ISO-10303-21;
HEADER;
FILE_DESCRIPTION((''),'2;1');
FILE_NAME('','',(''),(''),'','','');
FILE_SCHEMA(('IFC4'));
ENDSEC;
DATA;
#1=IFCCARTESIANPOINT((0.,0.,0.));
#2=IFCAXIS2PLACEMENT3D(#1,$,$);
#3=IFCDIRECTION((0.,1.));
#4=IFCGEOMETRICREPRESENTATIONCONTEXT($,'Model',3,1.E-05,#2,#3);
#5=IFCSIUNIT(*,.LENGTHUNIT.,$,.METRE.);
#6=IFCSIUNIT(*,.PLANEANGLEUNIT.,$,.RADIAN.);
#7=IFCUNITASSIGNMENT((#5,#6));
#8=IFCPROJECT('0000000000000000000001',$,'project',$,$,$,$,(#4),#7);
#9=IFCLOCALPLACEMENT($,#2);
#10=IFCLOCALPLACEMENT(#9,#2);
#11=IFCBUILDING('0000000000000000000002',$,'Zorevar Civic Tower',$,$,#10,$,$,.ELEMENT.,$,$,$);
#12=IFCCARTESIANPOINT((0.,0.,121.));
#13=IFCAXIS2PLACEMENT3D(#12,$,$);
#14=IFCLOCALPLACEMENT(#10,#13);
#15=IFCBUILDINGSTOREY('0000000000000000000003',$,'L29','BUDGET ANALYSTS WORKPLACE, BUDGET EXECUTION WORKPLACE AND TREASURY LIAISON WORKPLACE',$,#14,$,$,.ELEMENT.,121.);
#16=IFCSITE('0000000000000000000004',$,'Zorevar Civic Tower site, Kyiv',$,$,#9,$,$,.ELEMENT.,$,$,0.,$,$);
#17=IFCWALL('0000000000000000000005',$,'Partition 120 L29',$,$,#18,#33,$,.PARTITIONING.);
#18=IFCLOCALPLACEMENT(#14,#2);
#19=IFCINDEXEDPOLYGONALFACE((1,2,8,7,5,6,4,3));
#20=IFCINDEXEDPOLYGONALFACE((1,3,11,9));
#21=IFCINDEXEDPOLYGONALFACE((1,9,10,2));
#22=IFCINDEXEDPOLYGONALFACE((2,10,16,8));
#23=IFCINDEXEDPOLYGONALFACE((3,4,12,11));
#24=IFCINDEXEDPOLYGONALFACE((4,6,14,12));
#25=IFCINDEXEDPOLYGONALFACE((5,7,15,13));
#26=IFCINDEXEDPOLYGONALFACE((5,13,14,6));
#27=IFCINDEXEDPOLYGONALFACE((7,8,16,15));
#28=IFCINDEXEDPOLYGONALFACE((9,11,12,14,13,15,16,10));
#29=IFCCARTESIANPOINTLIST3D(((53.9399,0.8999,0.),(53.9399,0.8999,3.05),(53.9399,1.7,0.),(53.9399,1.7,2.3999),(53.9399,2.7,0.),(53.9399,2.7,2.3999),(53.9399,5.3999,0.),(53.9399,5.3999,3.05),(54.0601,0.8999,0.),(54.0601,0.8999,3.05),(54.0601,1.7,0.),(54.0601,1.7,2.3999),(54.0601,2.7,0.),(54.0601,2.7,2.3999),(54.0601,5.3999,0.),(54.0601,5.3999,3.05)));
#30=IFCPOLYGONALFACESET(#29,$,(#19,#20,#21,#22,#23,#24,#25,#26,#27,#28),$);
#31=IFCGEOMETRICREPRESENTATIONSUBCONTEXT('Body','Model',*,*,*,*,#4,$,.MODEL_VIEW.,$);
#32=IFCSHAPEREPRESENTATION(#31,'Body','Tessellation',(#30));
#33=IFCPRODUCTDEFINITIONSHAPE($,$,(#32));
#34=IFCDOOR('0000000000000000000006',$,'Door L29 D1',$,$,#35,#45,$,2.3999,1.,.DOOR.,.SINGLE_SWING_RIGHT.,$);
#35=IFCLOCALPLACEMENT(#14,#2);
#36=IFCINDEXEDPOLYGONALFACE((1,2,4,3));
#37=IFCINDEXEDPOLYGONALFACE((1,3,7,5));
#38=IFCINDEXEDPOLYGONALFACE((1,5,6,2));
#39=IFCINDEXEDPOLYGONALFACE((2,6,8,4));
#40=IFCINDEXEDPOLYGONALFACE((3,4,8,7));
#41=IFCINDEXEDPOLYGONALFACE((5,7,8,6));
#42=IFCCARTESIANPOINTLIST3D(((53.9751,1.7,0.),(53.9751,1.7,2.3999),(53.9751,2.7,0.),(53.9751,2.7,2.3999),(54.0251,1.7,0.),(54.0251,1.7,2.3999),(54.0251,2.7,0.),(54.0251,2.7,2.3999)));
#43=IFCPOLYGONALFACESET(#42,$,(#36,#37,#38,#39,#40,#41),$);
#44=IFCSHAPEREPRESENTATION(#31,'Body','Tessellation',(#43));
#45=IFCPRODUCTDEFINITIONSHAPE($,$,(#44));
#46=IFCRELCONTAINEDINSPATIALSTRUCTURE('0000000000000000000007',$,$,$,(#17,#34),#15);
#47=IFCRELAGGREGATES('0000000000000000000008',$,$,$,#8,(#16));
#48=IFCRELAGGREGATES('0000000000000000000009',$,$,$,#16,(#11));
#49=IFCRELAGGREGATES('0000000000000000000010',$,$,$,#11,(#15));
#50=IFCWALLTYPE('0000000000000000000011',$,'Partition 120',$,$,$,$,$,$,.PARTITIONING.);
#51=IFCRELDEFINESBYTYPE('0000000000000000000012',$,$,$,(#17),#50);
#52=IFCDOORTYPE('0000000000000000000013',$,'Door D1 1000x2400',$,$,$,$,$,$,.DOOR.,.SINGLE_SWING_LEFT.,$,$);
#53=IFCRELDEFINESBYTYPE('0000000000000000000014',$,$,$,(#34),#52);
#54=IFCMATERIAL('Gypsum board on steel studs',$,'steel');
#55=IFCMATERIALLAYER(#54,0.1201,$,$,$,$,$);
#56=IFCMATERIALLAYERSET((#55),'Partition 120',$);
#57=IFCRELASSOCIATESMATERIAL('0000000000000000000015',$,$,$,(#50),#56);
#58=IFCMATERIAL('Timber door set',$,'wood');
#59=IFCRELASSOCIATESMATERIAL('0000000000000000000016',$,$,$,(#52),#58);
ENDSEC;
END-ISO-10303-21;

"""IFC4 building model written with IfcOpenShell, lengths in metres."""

from ifc_helpers import new_model, si_unit, direction, frame, frame_2d, origin, place, context, subcontext, project, spatial, rectangle, extrude, material, layer, layer_set, type_object, element, fill, save


model = new_model("IFC4")

# Units and contexts
model_context = context("Model", 3, precision=1e-05, world=origin(), true_north=direction((0.0, 1.0)))
body_context = subcontext(model_context, "Body", "Model", "MODEL_VIEW")
ifc_project = project(units=[si_unit("LENGTHUNIT", "METRE"), si_unit("PLANEANGLEUNIT", "RADIAN")], contexts=[model_context])

# Site, building, storey
site_placement = place(None, origin())
site = spatial("IfcSite", under=ifc_project, at=site_placement, Name="Zorevar Civic Tower site, Kyiv", CompositionType="ELEMENT", RefElevation=0.0)
building_placement = place(site_placement, origin())
building = spatial("IfcBuilding", under=site, at=building_placement, Name="Zorevar Civic Tower", CompositionType="ELEMENT")
storey_placement = place(building_placement, frame((0.0, 0.0, 121.0)))
storey = spatial("IfcBuildingStorey", under=building, at=storey_placement, Name="L29", Description="BUDGET ANALYSTS WORKPLACE, BUDGET EXECUTION WORKPLACE AND TREASURY LIAISON WORKPLACE", CompositionType="ELEMENT", Elevation=121.0)

# Shared definitions
ifc_material_1 = material(Name="Gypsum board on steel studs", Category="steel")
ifc_layer_1 = layer(ifc_material_1, 0.1201)
ifc_layer_set_1 = layer_set([ifc_layer_1], Name="Partition 120")
wall_type = type_object("IfcWallType", Name="Partition 120", PredefinedType="PARTITIONING", material=ifc_layer_set_1)

# Wall, opening, door
wall_1_placement = place(storey_placement, frame((54.0, 0.8999, 0.0), z_axis=(0.0, 0.0, 1.0), x_axis=(0.0, 1.0, 0.0)))
wall_1 = element("IfcWall", 1, at=wall_1_placement, inside=storey, type_object=wall_type, Name="Partition 120 L29", PredefinedType="PARTITIONING", context=body_context, shape_type="SweptSolid", body=[
    extrude(rectangle(XDim=4.5, YDim=0.1201, at=frame_2d((2.25, 0.0))), origin(), (0.0, 0.0, 1.0), 3.05),
])
opening_placement = place(wall_1_placement, frame((0.8, 0.0, 0.0)))
opening = element("IfcOpeningElement", 2, at=opening_placement, cuts=wall_1, PredefinedType="OPENING", context=body_context, shape_type="SweptSolid", body=[
    extrude(rectangle(XDim=1.0, YDim=2.3999, at=frame_2d((0.5, 1.2))), frame((0.0, 0.0701, 0.0), z_axis=(0.0, -1.0, 0.0), x_axis=(1.0, 0.0, 0.0)), (0.0, 0.0, 1.0), 0.1401),
])
ifc_material_2 = material(Name="Timber door set", Category="wood")
door_type = type_object("IfcDoorType", Name="Door D1 1000x2400", OperationType="SINGLE_SWING_LEFT", PredefinedType="DOOR", material=ifc_material_2)
door_placement = place(opening_placement, origin())
door = element("IfcDoor", 3, at=door_placement, inside=storey, type_object=door_type, Name="Door L29 D1", OperationType="SINGLE_SWING_RIGHT", OverallHeight=2.3999, OverallWidth=1.0, PredefinedType="DOOR", context=body_context, shape_type="SweptSolid", body=[
    extrude(rectangle(XDim=1.0, YDim=2.3999, at=frame_2d((0.5, 1.2))), frame((0.0, 0.0249, 0.0), z_axis=(0.0, -1.0, 0.0), x_axis=(1.0, 0.0, 0.0)), (0.0, 0.0, 1.0), 0.05),
])
fill(opening, door)

save(model, "model.ifc")
